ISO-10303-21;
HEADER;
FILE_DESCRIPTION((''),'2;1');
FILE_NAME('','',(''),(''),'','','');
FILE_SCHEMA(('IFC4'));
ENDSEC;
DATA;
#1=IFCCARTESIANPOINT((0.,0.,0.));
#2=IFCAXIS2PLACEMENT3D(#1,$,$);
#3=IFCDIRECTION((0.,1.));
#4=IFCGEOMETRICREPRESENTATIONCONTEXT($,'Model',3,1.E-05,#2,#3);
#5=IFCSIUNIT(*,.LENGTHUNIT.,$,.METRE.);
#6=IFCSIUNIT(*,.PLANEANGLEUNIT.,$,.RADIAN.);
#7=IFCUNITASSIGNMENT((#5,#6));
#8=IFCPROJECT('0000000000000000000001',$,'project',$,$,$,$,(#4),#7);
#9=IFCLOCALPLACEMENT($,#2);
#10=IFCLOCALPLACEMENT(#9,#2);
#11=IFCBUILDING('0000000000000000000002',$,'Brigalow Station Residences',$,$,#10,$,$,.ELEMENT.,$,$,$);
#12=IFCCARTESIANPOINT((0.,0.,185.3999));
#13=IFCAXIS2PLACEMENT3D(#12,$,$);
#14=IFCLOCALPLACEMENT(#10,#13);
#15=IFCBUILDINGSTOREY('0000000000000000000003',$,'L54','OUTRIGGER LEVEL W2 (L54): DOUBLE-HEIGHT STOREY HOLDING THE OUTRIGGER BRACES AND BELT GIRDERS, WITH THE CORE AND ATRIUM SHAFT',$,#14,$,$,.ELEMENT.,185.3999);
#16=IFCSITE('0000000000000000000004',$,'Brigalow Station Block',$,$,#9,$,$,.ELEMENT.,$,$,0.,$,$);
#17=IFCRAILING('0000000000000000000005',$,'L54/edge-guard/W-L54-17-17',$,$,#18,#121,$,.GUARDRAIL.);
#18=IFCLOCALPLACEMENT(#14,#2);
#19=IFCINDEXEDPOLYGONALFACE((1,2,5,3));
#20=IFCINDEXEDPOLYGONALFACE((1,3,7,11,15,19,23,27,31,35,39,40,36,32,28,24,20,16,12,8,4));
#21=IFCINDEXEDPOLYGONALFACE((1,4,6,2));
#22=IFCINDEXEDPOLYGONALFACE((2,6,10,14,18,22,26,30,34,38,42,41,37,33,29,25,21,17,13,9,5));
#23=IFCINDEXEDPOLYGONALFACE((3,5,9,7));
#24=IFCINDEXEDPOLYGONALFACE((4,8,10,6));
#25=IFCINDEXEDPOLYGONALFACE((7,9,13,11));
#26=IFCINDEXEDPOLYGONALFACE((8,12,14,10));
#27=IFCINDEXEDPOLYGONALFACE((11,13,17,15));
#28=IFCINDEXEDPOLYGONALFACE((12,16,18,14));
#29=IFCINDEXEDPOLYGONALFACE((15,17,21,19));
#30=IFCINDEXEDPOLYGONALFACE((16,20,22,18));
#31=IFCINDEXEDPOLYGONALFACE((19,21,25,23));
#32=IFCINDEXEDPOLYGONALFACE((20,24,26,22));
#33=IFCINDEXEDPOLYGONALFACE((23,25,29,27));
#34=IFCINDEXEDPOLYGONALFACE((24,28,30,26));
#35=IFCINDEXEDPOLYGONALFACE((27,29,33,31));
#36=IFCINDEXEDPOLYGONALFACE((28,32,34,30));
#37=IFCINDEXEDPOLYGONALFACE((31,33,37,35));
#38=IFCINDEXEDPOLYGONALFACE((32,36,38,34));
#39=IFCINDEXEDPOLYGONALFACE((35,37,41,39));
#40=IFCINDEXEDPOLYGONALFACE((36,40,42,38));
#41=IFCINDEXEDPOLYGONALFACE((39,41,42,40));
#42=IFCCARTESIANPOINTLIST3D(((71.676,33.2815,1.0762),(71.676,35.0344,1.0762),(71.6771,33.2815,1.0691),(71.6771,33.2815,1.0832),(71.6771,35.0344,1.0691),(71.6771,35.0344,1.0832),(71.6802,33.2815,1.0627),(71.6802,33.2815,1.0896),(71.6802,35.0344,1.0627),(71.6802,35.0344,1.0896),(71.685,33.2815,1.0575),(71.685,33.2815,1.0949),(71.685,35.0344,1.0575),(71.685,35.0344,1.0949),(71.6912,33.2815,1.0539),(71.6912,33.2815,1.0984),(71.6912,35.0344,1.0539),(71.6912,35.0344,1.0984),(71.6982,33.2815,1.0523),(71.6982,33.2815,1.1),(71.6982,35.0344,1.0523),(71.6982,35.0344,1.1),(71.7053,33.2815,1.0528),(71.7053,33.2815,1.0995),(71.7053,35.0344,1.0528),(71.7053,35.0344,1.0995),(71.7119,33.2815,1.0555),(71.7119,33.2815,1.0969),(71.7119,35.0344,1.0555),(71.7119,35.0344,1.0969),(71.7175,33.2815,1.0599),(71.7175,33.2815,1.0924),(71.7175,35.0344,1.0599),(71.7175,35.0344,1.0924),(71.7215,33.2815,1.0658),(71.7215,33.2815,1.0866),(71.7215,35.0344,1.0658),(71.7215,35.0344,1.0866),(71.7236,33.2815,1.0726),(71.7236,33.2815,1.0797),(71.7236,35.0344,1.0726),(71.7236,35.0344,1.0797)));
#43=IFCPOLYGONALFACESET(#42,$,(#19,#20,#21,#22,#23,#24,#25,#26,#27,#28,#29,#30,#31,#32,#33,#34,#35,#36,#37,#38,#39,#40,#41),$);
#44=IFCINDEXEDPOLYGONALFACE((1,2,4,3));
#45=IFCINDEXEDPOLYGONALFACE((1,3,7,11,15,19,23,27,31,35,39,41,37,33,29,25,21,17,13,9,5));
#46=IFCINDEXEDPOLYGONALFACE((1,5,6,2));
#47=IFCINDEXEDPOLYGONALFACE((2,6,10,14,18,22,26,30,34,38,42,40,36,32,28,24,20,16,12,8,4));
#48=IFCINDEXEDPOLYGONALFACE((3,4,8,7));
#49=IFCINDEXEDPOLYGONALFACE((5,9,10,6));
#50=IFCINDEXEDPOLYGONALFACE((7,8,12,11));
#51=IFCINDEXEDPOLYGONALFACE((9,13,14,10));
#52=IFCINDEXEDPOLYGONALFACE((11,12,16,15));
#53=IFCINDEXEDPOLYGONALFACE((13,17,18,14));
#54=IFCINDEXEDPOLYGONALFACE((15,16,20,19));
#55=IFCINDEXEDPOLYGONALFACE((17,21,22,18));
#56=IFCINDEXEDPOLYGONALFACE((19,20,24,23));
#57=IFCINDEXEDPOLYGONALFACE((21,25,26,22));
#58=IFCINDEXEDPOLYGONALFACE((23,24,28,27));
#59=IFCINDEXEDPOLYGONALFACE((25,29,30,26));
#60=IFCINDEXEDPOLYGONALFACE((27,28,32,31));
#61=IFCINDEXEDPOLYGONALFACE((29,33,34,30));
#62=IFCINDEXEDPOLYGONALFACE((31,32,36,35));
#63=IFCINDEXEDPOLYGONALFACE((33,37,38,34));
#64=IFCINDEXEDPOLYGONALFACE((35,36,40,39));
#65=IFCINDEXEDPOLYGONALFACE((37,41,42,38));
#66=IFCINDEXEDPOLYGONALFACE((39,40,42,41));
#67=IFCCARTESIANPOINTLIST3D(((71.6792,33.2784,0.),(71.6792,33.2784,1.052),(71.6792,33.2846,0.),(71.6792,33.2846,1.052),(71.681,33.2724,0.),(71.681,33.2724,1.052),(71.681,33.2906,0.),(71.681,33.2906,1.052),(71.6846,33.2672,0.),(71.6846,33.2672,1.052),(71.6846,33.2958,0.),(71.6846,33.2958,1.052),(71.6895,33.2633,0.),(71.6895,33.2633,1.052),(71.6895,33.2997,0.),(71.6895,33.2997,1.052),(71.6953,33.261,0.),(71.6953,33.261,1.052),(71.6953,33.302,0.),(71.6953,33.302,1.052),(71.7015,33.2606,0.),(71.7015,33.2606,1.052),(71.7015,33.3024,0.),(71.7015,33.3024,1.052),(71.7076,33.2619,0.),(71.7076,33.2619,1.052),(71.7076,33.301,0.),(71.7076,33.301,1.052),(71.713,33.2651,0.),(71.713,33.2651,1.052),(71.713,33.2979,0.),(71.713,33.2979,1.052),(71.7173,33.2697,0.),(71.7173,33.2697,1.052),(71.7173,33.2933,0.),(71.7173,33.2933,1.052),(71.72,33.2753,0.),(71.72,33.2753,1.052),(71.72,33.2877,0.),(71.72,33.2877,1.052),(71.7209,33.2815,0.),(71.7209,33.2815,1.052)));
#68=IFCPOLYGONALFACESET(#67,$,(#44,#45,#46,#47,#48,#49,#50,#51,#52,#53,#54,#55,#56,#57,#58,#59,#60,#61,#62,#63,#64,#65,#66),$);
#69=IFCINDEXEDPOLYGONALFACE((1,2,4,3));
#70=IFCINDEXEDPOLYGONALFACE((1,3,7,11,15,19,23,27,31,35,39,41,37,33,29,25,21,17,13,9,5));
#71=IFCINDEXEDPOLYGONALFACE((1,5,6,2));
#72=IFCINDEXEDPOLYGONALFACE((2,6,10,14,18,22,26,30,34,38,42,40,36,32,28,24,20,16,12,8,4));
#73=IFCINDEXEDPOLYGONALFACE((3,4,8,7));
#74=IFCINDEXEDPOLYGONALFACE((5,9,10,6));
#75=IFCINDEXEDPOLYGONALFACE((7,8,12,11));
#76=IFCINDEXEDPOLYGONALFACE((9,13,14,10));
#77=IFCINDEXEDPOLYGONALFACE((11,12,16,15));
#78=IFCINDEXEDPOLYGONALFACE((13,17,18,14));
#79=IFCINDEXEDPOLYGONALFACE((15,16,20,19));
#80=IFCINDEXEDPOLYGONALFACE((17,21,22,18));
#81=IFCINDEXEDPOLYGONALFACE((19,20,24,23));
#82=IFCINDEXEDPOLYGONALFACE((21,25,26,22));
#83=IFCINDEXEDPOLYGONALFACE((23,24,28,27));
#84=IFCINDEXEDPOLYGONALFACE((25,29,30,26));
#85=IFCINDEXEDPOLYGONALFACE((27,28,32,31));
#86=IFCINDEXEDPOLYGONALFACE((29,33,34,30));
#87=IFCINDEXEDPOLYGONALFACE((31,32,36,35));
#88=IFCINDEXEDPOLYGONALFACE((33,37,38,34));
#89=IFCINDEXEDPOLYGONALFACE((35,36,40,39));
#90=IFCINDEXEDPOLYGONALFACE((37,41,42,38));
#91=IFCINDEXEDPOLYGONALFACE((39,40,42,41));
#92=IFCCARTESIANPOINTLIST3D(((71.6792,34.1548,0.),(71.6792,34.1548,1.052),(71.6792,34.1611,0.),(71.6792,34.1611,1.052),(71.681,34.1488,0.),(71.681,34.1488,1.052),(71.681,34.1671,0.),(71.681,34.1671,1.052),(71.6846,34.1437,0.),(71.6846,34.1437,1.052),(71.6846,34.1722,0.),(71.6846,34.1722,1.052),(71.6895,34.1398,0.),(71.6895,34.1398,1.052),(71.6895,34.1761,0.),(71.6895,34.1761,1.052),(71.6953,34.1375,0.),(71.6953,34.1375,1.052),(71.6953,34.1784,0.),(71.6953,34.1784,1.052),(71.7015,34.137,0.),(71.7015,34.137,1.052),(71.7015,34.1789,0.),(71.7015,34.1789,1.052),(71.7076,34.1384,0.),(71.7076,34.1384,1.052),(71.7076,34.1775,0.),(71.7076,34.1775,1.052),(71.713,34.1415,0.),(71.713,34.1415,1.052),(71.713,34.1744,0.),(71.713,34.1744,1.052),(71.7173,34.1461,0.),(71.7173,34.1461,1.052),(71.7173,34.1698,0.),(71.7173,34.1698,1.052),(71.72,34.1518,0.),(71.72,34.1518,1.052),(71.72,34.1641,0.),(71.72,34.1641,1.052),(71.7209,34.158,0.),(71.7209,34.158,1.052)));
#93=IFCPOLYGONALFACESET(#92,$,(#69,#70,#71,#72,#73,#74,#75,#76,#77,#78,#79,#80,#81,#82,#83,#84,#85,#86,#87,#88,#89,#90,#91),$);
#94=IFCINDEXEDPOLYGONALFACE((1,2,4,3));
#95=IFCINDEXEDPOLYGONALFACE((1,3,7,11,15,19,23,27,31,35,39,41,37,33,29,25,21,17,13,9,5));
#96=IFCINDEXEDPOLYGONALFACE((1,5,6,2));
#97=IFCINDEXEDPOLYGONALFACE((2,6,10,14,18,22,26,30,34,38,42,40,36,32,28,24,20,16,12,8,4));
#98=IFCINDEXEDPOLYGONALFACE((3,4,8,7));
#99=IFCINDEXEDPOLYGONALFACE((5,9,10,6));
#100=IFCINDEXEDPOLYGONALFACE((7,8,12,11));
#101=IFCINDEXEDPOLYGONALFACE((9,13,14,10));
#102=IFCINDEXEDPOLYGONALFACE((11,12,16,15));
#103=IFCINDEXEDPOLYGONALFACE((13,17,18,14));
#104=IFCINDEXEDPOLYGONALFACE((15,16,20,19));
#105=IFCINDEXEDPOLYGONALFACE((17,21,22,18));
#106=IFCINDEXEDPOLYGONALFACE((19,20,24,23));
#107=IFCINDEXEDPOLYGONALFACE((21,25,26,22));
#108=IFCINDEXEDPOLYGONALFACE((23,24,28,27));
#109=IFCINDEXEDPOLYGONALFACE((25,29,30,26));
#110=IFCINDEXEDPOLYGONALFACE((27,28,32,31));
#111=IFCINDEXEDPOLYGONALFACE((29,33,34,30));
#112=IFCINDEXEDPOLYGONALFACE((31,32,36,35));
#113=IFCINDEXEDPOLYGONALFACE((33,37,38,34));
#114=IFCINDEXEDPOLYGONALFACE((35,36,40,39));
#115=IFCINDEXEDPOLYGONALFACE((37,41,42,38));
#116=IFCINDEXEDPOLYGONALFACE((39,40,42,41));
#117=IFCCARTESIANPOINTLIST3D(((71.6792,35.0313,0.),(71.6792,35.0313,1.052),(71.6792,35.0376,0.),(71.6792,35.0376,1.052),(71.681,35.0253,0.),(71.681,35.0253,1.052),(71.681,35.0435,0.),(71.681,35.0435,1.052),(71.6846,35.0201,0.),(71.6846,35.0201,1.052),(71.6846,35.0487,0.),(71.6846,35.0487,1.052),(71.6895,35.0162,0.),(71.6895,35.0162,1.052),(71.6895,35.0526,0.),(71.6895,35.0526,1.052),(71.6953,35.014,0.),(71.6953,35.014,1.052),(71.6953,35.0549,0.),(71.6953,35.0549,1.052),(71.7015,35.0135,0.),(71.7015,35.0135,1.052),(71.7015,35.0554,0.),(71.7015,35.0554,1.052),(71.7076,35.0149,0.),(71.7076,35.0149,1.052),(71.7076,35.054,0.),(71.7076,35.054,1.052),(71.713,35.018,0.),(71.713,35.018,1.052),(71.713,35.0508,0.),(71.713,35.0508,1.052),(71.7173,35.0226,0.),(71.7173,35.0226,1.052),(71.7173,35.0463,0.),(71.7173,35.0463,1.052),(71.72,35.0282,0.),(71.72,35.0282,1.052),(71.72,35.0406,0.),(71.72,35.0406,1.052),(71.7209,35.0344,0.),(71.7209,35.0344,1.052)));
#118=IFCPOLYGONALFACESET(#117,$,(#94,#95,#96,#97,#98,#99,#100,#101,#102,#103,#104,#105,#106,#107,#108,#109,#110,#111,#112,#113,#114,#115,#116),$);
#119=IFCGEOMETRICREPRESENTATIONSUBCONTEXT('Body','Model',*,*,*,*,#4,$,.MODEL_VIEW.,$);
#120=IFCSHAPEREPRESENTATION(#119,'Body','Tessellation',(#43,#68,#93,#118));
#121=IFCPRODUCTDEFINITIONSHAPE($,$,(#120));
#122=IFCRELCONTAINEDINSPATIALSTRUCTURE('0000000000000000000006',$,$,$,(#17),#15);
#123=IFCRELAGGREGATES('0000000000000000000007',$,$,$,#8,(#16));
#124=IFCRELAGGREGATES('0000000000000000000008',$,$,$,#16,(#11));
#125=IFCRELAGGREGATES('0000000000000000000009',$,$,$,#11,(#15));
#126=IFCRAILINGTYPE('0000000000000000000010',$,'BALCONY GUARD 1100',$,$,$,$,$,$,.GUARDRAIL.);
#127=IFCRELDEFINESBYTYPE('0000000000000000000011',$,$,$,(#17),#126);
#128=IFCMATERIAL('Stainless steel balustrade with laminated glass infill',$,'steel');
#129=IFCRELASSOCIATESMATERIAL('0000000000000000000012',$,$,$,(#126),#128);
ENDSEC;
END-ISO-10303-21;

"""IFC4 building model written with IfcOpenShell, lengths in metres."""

from ifc_helpers import new_model, si_unit, direction, frame, origin, origin_2d, place, context, subcontext, project, spatial, circle, extrude, material, type_object, element, save


model = new_model("IFC4")

# Units and contexts
model_context = context("Model", 3, precision=1e-05, world=origin(), true_north=direction((0.0, 1.0)))
body_context = subcontext(model_context, "Body", "Model", "MODEL_VIEW")
ifc_project = project(units=[si_unit("LENGTHUNIT", "METRE"), si_unit("PLANEANGLEUNIT", "RADIAN")], contexts=[model_context])

# Site, building, storey
site_placement = place(None, origin())
site = spatial("IfcSite", under=ifc_project, at=site_placement, Name="Brigalow Station Block", CompositionType="ELEMENT", RefElevation=0.0)
building_placement = place(site_placement, origin())
building = spatial("IfcBuilding", under=site, at=building_placement, Name="Brigalow Station Residences", CompositionType="ELEMENT")
storey_placement = place(building_placement, frame((0.0, 0.0, 185.3999)))
storey = spatial("IfcBuildingStorey", under=building, at=storey_placement, Name="L54", Description="OUTRIGGER LEVEL W2 (L54): DOUBLE-HEIGHT STOREY HOLDING THE OUTRIGGER BRACES AND BELT GIRDERS, WITH THE CORE AND ATRIUM SHAFT", CompositionType="ELEMENT", Elevation=185.3999)

# Railing
ifc_material_1 = material(Name="Stainless steel balustrade with laminated glass infill", Category="steel")
railing_type_1 = type_object("IfcRailingType", Name="BALCONY GUARD 1100", PredefinedType="GUARDRAIL", material=ifc_material_1)
railing_1_placement = place(storey_placement, frame((71.7, 33.2815, 0.0)))
element("IfcRailing", 1, at=railing_1_placement, inside=storey, type_object=railing_type_1, Name="L54/edge-guard/W-L54-17-17", PredefinedType="GUARDRAIL", context=body_context, shape_type="SweptSolid", body=[
    extrude(circle(Radius=0.0239, at=origin_2d()), frame((0.0, 0.0, 1.0762), z_axis=(0.0, 1.0, 0.0), x_axis=(-1.0, 0.0, 0.0)), (0.0, 0.0, 1.0), 1.7529),
    extrude(circle(Radius=0.021, at=origin_2d()), origin(), (0.0, 0.0, 1.0), 1.052),
    extrude(circle(Radius=0.021, at=origin_2d()), frame((0.0, 0.8765, 0.0)), (0.0, 0.0, 1.0), 1.052),
    extrude(circle(Radius=0.021, at=origin_2d()), frame((0.0, 1.7529, 0.0)), (0.0, 0.0, 1.0), 1.052),
])

save(model, "model.ifc")
